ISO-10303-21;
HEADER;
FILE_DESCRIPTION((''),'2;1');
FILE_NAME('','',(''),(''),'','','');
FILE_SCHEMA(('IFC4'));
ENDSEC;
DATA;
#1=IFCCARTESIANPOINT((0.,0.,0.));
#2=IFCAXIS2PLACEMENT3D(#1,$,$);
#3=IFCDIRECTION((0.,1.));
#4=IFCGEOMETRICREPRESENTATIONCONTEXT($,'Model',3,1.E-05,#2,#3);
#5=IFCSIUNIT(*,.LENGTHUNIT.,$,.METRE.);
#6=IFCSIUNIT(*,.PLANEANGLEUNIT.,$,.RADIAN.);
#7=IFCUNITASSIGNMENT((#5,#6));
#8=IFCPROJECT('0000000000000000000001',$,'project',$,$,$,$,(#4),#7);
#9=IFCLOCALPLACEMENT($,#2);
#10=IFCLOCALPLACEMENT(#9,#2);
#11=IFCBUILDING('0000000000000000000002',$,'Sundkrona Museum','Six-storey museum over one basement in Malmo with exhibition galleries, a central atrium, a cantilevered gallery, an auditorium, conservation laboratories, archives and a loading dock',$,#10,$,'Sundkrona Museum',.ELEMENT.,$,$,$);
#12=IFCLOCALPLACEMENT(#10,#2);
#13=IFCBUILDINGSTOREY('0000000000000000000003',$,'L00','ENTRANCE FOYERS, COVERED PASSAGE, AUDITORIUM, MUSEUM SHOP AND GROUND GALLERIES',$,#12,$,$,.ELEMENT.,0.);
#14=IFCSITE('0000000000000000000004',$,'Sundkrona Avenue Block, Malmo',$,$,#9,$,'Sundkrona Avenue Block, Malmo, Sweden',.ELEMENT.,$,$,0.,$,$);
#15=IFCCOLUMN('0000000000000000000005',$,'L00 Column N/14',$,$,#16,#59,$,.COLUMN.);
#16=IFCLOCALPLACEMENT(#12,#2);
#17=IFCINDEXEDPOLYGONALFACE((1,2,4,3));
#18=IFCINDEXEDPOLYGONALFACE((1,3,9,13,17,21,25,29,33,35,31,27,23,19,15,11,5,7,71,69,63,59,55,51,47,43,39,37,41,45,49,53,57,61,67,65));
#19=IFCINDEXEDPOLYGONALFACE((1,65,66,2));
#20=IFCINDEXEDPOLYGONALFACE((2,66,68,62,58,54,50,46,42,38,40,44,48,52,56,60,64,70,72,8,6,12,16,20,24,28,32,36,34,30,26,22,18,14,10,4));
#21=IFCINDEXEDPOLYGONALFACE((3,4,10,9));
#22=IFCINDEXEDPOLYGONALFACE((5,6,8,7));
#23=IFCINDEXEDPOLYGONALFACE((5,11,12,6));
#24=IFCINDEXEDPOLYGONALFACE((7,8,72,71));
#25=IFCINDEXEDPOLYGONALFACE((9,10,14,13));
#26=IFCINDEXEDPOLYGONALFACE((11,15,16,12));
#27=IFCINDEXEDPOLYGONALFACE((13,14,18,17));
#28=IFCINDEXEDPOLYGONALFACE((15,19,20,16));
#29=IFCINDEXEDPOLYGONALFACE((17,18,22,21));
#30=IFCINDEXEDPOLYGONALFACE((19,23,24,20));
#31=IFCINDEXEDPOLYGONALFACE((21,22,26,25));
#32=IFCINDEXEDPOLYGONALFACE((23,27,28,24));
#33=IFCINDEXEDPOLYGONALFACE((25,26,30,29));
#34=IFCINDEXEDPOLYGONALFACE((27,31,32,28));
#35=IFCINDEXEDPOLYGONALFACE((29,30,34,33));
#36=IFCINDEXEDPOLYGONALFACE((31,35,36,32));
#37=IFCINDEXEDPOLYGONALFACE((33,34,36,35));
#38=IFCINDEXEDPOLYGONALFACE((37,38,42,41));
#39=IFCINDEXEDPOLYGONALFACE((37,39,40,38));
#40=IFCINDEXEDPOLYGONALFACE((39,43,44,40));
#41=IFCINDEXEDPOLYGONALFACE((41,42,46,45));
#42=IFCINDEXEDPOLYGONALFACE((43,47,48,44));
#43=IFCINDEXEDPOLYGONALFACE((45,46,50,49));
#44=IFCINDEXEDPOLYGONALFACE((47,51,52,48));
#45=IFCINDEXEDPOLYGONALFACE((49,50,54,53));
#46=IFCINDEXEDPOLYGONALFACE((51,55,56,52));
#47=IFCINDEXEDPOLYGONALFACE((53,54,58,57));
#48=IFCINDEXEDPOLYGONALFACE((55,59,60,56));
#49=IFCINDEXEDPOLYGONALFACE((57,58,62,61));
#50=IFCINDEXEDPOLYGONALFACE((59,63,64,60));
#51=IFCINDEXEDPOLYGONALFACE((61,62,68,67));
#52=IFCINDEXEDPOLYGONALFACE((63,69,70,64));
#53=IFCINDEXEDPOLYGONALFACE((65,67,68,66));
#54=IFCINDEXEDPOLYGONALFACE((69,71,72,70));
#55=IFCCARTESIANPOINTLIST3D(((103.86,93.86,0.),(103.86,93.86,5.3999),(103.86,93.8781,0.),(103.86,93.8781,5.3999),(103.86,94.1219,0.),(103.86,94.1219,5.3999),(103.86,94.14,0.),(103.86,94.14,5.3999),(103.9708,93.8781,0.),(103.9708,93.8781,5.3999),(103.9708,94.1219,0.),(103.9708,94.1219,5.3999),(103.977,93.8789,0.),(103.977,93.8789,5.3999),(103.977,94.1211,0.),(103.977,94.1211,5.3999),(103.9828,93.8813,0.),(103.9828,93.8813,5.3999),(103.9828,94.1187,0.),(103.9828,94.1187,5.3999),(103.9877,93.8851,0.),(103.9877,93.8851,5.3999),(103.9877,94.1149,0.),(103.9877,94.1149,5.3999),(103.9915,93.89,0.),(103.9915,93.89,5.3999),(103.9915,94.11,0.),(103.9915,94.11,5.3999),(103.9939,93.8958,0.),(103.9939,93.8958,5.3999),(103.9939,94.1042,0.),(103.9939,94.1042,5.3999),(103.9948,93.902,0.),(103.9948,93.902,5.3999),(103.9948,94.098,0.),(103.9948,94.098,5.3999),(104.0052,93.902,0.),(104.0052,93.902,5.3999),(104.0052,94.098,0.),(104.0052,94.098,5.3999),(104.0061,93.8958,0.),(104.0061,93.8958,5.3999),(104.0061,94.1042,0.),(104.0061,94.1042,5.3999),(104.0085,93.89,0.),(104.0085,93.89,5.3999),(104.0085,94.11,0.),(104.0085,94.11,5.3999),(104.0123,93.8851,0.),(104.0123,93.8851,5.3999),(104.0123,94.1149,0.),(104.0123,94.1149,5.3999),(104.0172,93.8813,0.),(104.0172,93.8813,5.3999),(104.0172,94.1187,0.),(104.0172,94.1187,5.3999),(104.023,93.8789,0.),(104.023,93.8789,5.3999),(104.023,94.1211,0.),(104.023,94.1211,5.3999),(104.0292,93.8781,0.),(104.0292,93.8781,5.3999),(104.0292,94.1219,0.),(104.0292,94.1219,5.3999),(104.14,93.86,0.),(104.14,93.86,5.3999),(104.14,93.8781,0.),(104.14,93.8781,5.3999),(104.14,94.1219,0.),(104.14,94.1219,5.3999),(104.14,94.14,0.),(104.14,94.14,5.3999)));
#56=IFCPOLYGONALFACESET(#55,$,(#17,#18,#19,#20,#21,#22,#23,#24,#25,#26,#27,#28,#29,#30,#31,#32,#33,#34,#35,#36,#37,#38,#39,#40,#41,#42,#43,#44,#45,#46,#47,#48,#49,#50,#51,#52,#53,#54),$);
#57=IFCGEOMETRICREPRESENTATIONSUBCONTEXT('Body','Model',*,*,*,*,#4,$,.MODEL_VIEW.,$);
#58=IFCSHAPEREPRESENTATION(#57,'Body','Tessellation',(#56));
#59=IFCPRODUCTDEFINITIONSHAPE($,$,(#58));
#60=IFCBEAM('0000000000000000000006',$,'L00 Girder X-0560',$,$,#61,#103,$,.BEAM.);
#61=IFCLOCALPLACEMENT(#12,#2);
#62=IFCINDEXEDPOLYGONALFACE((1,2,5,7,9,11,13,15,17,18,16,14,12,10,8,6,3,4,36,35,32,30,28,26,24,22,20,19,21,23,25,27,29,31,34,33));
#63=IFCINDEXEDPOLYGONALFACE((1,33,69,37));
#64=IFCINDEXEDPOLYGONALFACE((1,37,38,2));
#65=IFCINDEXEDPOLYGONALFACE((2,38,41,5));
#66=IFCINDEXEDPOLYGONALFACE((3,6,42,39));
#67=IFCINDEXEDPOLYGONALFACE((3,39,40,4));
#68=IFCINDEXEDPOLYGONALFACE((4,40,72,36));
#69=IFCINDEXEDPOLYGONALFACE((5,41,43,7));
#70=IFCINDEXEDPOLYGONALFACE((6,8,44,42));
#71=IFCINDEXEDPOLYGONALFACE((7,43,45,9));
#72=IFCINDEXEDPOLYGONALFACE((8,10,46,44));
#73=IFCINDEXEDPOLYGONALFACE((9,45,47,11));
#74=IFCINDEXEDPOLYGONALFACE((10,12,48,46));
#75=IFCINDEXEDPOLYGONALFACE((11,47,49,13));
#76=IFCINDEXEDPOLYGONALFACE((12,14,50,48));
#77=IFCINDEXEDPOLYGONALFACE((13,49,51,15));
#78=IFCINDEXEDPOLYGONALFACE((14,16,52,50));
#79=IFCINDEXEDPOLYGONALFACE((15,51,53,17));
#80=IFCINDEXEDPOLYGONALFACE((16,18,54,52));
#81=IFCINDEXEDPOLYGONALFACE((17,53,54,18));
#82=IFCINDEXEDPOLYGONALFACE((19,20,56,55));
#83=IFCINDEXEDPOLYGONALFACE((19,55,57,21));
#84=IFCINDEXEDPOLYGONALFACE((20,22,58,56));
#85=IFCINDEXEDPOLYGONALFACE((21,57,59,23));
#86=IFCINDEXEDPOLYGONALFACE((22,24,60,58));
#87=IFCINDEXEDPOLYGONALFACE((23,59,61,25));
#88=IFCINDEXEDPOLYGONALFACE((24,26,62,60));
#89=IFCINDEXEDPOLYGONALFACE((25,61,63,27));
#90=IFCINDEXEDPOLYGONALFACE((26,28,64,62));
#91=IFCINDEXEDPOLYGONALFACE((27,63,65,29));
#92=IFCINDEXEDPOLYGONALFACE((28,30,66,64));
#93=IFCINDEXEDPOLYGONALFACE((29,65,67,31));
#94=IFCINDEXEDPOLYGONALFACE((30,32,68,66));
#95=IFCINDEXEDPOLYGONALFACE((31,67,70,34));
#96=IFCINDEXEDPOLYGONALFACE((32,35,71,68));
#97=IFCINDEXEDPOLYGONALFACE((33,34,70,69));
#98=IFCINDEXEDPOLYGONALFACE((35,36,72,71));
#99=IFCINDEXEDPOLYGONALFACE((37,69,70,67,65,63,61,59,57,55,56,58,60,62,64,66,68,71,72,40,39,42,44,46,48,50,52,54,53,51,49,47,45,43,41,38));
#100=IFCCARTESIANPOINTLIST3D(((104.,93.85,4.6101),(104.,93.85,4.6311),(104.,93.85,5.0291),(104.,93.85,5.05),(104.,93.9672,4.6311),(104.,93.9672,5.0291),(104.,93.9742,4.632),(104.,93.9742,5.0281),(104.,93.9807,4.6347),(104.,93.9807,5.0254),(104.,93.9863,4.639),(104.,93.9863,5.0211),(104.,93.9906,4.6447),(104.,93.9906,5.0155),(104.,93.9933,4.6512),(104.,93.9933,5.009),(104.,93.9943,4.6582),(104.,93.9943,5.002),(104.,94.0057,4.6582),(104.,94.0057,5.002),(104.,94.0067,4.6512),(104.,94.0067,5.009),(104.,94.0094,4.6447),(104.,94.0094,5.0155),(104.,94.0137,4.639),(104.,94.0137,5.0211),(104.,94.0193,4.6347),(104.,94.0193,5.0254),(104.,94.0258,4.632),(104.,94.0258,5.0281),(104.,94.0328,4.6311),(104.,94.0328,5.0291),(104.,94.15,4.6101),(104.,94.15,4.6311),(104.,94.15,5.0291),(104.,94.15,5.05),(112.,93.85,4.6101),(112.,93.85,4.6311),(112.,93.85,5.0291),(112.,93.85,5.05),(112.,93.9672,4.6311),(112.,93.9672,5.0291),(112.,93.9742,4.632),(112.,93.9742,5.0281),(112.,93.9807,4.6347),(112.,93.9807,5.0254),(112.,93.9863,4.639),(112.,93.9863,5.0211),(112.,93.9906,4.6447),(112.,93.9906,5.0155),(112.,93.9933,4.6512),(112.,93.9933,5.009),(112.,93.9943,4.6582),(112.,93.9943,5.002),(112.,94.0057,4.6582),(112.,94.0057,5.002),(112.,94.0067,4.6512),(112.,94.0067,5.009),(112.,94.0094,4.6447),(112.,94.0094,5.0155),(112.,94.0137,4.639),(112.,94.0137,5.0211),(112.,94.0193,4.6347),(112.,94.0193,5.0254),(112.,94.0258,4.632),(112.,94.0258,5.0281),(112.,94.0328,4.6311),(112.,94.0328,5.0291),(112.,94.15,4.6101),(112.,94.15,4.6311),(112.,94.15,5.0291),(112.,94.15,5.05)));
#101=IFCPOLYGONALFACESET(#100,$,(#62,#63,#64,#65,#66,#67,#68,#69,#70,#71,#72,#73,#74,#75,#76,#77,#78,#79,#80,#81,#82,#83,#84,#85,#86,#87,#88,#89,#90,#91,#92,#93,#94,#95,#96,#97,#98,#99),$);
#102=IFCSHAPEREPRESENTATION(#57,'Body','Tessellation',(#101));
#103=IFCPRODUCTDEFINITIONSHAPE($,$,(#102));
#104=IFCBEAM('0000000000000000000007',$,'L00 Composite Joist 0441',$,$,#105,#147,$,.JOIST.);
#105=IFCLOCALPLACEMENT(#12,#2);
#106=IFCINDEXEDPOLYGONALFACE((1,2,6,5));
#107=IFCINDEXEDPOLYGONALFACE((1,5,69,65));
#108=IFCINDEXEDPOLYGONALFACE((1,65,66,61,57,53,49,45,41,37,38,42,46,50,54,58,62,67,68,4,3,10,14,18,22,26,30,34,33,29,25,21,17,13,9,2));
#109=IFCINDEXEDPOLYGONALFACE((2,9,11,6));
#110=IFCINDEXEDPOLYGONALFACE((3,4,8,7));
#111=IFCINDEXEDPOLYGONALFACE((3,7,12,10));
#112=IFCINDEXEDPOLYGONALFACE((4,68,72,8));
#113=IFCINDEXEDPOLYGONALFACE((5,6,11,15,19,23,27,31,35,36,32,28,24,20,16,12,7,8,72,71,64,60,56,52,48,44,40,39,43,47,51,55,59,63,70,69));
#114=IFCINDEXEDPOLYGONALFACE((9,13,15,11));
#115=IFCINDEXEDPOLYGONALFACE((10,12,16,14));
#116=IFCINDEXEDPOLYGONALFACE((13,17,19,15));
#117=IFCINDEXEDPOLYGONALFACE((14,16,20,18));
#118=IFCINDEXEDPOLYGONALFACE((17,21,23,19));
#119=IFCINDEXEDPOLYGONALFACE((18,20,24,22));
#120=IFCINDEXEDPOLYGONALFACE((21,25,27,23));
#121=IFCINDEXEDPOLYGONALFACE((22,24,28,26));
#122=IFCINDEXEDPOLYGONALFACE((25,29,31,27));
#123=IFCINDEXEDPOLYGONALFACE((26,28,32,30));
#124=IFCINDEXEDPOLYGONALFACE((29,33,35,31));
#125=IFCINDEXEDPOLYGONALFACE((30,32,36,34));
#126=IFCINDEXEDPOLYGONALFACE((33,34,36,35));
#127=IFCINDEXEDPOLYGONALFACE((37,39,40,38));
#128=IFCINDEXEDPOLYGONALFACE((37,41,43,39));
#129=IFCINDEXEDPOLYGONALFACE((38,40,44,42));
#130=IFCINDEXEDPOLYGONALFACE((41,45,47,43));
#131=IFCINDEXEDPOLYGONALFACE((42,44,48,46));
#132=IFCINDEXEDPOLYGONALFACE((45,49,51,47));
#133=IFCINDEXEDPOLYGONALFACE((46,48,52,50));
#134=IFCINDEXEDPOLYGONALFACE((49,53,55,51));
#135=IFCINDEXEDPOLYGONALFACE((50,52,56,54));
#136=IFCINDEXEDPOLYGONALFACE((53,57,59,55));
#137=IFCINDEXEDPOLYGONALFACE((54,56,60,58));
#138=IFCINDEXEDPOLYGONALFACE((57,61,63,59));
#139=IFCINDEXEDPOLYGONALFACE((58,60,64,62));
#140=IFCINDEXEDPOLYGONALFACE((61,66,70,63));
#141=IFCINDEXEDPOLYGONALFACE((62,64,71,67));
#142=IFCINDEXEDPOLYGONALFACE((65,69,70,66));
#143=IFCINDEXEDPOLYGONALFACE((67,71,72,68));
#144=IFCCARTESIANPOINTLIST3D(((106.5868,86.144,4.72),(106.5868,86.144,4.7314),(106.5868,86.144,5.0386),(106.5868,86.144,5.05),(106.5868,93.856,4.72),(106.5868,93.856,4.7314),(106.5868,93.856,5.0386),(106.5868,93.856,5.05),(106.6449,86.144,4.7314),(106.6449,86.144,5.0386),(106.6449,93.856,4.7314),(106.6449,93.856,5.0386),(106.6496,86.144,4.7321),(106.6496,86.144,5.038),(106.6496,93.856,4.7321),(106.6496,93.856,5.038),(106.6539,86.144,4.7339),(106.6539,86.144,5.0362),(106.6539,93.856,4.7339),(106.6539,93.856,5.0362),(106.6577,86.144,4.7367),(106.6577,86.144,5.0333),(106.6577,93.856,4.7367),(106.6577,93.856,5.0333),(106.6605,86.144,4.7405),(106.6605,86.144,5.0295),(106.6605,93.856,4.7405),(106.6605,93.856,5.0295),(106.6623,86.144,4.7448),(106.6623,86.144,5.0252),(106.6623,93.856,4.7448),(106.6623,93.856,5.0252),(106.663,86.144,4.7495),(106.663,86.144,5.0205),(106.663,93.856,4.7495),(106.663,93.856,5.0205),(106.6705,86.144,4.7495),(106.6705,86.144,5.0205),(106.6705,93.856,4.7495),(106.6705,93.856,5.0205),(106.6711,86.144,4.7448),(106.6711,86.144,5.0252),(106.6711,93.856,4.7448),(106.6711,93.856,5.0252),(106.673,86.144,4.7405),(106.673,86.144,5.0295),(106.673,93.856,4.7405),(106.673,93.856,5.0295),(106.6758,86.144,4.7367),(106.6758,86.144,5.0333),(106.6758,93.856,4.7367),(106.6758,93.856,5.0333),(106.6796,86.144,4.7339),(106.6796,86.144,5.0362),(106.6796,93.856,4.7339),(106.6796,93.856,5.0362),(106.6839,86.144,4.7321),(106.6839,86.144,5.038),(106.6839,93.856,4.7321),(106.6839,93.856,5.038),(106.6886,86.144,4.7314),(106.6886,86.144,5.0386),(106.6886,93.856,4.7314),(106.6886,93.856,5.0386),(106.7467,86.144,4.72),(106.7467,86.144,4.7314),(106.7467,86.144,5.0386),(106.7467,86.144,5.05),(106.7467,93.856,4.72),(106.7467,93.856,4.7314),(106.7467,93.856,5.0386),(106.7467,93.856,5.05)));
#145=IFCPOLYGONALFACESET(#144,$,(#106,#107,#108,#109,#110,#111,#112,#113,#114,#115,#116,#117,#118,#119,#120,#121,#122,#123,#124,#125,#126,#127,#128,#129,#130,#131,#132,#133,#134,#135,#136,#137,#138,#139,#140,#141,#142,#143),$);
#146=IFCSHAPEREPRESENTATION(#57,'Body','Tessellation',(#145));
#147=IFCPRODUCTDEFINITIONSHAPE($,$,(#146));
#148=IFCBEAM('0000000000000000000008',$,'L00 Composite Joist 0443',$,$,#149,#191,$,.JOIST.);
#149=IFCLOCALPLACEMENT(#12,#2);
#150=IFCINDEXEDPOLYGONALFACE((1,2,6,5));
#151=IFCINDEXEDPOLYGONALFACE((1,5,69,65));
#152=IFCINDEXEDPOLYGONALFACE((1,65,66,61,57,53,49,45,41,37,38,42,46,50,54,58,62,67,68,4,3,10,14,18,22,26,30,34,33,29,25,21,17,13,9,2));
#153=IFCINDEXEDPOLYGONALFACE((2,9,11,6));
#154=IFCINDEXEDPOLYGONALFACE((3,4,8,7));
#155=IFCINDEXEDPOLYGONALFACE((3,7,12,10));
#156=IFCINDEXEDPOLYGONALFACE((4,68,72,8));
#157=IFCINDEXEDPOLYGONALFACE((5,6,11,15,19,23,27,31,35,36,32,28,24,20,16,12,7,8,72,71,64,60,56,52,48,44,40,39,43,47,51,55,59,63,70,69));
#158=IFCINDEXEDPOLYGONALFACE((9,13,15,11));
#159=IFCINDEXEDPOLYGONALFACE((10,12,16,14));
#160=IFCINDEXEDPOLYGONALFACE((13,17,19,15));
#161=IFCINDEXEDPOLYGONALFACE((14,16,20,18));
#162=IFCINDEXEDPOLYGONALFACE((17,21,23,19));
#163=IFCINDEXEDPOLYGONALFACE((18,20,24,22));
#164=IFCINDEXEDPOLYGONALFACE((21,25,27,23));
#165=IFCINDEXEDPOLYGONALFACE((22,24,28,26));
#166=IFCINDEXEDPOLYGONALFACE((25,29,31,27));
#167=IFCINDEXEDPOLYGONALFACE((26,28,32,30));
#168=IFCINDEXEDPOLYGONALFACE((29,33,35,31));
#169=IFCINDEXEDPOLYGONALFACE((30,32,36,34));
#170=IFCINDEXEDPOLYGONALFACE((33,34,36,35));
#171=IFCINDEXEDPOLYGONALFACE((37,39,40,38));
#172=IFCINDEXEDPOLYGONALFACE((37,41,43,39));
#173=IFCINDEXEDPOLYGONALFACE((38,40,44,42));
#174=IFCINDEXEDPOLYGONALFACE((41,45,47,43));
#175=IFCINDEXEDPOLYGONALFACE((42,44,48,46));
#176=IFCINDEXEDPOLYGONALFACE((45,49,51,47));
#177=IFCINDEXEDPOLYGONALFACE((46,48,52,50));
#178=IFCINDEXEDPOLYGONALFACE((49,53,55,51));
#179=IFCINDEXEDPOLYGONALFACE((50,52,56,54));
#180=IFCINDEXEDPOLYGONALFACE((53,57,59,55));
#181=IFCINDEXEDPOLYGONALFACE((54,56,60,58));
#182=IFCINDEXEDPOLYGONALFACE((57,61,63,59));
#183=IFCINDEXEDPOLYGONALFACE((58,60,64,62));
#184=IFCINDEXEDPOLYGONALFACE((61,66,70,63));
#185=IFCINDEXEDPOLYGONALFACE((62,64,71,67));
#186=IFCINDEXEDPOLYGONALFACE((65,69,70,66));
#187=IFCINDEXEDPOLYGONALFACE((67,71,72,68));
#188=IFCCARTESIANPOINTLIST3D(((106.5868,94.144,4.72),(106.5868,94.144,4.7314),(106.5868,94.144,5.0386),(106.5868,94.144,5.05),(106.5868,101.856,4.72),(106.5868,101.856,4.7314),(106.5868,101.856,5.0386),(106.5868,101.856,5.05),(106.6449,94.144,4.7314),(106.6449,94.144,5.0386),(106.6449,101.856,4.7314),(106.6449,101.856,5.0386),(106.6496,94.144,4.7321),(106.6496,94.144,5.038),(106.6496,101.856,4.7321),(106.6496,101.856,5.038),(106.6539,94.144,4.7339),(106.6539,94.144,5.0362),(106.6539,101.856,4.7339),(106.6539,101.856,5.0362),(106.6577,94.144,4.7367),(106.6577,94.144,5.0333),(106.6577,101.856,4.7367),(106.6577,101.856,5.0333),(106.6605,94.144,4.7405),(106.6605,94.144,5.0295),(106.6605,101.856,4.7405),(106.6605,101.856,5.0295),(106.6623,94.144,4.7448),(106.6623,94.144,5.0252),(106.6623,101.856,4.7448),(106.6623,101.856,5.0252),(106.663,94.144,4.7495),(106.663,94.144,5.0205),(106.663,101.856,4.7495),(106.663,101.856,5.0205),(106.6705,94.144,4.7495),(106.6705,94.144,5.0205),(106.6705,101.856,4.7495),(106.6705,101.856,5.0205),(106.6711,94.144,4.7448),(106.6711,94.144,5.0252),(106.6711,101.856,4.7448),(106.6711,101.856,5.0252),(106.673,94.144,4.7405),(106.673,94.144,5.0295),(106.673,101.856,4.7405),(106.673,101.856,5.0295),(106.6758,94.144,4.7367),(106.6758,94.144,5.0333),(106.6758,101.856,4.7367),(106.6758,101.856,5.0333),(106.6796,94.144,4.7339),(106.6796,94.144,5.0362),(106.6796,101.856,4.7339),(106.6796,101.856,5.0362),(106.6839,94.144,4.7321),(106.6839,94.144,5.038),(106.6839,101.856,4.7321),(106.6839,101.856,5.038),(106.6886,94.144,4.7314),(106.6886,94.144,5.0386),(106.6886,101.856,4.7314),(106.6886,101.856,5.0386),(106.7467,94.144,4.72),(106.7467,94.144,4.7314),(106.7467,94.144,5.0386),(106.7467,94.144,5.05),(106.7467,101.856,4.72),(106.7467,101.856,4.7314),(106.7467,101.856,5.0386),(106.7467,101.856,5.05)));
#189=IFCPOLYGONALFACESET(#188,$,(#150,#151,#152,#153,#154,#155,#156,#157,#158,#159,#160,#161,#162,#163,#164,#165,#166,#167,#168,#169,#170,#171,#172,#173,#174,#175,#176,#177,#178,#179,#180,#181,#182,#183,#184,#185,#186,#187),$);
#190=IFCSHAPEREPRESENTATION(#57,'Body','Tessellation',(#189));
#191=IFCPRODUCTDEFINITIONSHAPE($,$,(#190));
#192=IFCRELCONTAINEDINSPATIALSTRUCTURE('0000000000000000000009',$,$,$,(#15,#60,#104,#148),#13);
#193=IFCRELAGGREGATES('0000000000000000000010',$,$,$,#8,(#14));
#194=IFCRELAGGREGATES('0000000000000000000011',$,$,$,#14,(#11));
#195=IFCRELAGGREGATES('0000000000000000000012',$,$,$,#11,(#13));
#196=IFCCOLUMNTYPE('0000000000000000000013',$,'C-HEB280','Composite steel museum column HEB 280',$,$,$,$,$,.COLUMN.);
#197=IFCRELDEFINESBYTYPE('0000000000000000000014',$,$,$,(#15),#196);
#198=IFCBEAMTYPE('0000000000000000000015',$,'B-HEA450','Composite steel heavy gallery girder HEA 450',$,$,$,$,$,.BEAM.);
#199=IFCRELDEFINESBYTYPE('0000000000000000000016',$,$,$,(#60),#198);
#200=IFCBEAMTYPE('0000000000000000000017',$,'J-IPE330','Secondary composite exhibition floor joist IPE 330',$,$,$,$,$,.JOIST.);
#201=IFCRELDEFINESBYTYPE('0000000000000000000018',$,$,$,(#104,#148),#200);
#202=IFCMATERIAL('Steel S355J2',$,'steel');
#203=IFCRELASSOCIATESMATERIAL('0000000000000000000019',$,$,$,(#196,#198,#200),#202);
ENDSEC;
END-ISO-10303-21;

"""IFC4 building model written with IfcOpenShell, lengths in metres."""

from ifc_helpers import new_model, si_unit, direction, frame, origin, origin_2d, place, context, subcontext, project, spatial, i_section, extrude, material, material_profile, profile_set, type_object, element, save


model = new_model("IFC4")

# Units and contexts
model_context = context("Model", 3, precision=1e-05, world=origin(), true_north=direction((0.0, 1.0)))
body_context = subcontext(model_context, "Body", "Model", "MODEL_VIEW")
ifc_project = project(units=[si_unit("LENGTHUNIT", "METRE"), si_unit("PLANEANGLEUNIT", "RADIAN")], contexts=[model_context])

# Site, building, storey
site_placement = place(None, origin())
site = spatial("IfcSite", under=ifc_project, at=site_placement, Name="Sundkrona Avenue Block, Malmo", LongName="Sundkrona Avenue Block, Malmo, Sweden", CompositionType="ELEMENT", RefElevation=0.0)
building_placement = place(site_placement, origin())
building = spatial("IfcBuilding", under=site, at=building_placement, Name="Sundkrona Museum", Description="Six-storey museum over one basement in Malmo with exhibition galleries, a central atrium, a cantilevered gallery, an auditorium, conservation laboratories, archives and a loading dock", LongName="Sundkrona Museum", CompositionType="ELEMENT")
storey_placement = place(building_placement, origin())
storey = spatial("IfcBuildingStorey", under=building, at=storey_placement, Name="L00", Description="ENTRANCE FOYERS, COVERED PASSAGE, AUDITORIUM, MUSEUM SHOP AND GROUND GALLERIES", CompositionType="ELEMENT", Elevation=0.0)

# Column
ifc_material_1 = material(Name="Steel S355J2", Category="steel")
ifc_material_profile_1 = material_profile(ifc_material_1, i_section(OverallWidth=0.28, OverallDepth=0.28, WebThickness=0.0105, FlangeThickness=0.0181, FilletRadius=0.0239, at=origin_2d()), Name="HEB 280")
ifc_profile_set_1 = profile_set([ifc_material_profile_1], Name="Steel S355J2")
column_type = type_object("IfcColumnType", Name="C-HEB280", Description="Composite steel museum column HEB 280", PredefinedType="COLUMN", material=ifc_profile_set_1)
column_placement = place(storey_placement, frame((104.0, 94.0, 0.0), z_axis=(0.0, 0.0, 1.0), x_axis=(1.0, 0.0, 0.0)))
element("IfcColumn", 1, at=column_placement, inside=storey, type_object=column_type, Name="L00 Column N/14", PredefinedType="COLUMN", context=body_context, shape_type="SweptSolid", body=[
    extrude(i_section(OverallWidth=0.28, OverallDepth=0.28, WebThickness=0.0105, FlangeThickness=0.0181, FilletRadius=0.0239, at=origin_2d()), origin(), (0.0, 0.0, 1.0), 5.3999),
])

# Beams
ifc_material_profile_2 = material_profile(ifc_material_1, i_section(OverallWidth=0.3, OverallDepth=0.4399, WebThickness=0.0115, FlangeThickness=0.021, FilletRadius=0.0271, at=origin_2d()), Name="HEA 450")
ifc_profile_set_2 = profile_set([ifc_material_profile_2], Name="Steel S355J2")
beam_type_1 = type_object("IfcBeamType", Name="B-HEA450", Description="Composite steel heavy gallery girder HEA 450", PredefinedType="BEAM", material=ifc_profile_set_2)
beam_1_placement = place(storey_placement, frame((104.0, 94.0, 4.8301), z_axis=(1.0, 0.0, 0.0), x_axis=(0.0, 1.0, 0.0)))
element("IfcBeam", 2, at=beam_1_placement, inside=storey, type_object=beam_type_1, Name="L00 Girder X-0560", PredefinedType="BEAM", context=body_context, shape_type="SweptSolid", body=[
    extrude(i_section(OverallWidth=0.3, OverallDepth=0.4399, WebThickness=0.0115, FlangeThickness=0.021, FilletRadius=0.0271, at=origin_2d()), origin(), (0.0, 0.0, 1.0), 8.0),
])
ifc_material_profile_3 = material_profile(ifc_material_1, i_section(OverallWidth=0.1599, OverallDepth=0.3301, WebThickness=0.0076, FlangeThickness=0.0115, FilletRadius=0.0181, at=origin_2d()), Name="IPE 330")
ifc_profile_set_3 = profile_set([ifc_material_profile_3], Name="Steel S355J2")
beam_type_2 = type_object("IfcBeamType", Name="J-IPE330", Description="Secondary composite exhibition floor joist IPE 330", PredefinedType="JOIST", material=ifc_profile_set_3)
for number, where, z_axis, x_axis, name in (
    (3, (106.6667, 86.144, 4.885), (0.0, 1.0, 0.0), (-1.0, 0.0, 0.0), "L00 Composite Joist 0441"),
    (4, (106.6667, 94.144, 4.885), (0.0, 1.0, 0.0), (-1.0, 0.0, 0.0), "L00 Composite Joist 0443"),
):
    element("IfcBeam", number, at=place(storey_placement, frame(where, z_axis=z_axis, x_axis=x_axis)), inside=storey, type_object=beam_type_2, Name=name, PredefinedType="JOIST", context=body_context, shape_type="SweptSolid", body=[
        extrude(i_section(OverallWidth=0.1599, OverallDepth=0.3301, WebThickness=0.0076, FlangeThickness=0.0115, FilletRadius=0.0181, at=origin_2d()), origin(), (0.0, 0.0, 1.0), 7.7119),
    ])

save(model, "model.ifc")
